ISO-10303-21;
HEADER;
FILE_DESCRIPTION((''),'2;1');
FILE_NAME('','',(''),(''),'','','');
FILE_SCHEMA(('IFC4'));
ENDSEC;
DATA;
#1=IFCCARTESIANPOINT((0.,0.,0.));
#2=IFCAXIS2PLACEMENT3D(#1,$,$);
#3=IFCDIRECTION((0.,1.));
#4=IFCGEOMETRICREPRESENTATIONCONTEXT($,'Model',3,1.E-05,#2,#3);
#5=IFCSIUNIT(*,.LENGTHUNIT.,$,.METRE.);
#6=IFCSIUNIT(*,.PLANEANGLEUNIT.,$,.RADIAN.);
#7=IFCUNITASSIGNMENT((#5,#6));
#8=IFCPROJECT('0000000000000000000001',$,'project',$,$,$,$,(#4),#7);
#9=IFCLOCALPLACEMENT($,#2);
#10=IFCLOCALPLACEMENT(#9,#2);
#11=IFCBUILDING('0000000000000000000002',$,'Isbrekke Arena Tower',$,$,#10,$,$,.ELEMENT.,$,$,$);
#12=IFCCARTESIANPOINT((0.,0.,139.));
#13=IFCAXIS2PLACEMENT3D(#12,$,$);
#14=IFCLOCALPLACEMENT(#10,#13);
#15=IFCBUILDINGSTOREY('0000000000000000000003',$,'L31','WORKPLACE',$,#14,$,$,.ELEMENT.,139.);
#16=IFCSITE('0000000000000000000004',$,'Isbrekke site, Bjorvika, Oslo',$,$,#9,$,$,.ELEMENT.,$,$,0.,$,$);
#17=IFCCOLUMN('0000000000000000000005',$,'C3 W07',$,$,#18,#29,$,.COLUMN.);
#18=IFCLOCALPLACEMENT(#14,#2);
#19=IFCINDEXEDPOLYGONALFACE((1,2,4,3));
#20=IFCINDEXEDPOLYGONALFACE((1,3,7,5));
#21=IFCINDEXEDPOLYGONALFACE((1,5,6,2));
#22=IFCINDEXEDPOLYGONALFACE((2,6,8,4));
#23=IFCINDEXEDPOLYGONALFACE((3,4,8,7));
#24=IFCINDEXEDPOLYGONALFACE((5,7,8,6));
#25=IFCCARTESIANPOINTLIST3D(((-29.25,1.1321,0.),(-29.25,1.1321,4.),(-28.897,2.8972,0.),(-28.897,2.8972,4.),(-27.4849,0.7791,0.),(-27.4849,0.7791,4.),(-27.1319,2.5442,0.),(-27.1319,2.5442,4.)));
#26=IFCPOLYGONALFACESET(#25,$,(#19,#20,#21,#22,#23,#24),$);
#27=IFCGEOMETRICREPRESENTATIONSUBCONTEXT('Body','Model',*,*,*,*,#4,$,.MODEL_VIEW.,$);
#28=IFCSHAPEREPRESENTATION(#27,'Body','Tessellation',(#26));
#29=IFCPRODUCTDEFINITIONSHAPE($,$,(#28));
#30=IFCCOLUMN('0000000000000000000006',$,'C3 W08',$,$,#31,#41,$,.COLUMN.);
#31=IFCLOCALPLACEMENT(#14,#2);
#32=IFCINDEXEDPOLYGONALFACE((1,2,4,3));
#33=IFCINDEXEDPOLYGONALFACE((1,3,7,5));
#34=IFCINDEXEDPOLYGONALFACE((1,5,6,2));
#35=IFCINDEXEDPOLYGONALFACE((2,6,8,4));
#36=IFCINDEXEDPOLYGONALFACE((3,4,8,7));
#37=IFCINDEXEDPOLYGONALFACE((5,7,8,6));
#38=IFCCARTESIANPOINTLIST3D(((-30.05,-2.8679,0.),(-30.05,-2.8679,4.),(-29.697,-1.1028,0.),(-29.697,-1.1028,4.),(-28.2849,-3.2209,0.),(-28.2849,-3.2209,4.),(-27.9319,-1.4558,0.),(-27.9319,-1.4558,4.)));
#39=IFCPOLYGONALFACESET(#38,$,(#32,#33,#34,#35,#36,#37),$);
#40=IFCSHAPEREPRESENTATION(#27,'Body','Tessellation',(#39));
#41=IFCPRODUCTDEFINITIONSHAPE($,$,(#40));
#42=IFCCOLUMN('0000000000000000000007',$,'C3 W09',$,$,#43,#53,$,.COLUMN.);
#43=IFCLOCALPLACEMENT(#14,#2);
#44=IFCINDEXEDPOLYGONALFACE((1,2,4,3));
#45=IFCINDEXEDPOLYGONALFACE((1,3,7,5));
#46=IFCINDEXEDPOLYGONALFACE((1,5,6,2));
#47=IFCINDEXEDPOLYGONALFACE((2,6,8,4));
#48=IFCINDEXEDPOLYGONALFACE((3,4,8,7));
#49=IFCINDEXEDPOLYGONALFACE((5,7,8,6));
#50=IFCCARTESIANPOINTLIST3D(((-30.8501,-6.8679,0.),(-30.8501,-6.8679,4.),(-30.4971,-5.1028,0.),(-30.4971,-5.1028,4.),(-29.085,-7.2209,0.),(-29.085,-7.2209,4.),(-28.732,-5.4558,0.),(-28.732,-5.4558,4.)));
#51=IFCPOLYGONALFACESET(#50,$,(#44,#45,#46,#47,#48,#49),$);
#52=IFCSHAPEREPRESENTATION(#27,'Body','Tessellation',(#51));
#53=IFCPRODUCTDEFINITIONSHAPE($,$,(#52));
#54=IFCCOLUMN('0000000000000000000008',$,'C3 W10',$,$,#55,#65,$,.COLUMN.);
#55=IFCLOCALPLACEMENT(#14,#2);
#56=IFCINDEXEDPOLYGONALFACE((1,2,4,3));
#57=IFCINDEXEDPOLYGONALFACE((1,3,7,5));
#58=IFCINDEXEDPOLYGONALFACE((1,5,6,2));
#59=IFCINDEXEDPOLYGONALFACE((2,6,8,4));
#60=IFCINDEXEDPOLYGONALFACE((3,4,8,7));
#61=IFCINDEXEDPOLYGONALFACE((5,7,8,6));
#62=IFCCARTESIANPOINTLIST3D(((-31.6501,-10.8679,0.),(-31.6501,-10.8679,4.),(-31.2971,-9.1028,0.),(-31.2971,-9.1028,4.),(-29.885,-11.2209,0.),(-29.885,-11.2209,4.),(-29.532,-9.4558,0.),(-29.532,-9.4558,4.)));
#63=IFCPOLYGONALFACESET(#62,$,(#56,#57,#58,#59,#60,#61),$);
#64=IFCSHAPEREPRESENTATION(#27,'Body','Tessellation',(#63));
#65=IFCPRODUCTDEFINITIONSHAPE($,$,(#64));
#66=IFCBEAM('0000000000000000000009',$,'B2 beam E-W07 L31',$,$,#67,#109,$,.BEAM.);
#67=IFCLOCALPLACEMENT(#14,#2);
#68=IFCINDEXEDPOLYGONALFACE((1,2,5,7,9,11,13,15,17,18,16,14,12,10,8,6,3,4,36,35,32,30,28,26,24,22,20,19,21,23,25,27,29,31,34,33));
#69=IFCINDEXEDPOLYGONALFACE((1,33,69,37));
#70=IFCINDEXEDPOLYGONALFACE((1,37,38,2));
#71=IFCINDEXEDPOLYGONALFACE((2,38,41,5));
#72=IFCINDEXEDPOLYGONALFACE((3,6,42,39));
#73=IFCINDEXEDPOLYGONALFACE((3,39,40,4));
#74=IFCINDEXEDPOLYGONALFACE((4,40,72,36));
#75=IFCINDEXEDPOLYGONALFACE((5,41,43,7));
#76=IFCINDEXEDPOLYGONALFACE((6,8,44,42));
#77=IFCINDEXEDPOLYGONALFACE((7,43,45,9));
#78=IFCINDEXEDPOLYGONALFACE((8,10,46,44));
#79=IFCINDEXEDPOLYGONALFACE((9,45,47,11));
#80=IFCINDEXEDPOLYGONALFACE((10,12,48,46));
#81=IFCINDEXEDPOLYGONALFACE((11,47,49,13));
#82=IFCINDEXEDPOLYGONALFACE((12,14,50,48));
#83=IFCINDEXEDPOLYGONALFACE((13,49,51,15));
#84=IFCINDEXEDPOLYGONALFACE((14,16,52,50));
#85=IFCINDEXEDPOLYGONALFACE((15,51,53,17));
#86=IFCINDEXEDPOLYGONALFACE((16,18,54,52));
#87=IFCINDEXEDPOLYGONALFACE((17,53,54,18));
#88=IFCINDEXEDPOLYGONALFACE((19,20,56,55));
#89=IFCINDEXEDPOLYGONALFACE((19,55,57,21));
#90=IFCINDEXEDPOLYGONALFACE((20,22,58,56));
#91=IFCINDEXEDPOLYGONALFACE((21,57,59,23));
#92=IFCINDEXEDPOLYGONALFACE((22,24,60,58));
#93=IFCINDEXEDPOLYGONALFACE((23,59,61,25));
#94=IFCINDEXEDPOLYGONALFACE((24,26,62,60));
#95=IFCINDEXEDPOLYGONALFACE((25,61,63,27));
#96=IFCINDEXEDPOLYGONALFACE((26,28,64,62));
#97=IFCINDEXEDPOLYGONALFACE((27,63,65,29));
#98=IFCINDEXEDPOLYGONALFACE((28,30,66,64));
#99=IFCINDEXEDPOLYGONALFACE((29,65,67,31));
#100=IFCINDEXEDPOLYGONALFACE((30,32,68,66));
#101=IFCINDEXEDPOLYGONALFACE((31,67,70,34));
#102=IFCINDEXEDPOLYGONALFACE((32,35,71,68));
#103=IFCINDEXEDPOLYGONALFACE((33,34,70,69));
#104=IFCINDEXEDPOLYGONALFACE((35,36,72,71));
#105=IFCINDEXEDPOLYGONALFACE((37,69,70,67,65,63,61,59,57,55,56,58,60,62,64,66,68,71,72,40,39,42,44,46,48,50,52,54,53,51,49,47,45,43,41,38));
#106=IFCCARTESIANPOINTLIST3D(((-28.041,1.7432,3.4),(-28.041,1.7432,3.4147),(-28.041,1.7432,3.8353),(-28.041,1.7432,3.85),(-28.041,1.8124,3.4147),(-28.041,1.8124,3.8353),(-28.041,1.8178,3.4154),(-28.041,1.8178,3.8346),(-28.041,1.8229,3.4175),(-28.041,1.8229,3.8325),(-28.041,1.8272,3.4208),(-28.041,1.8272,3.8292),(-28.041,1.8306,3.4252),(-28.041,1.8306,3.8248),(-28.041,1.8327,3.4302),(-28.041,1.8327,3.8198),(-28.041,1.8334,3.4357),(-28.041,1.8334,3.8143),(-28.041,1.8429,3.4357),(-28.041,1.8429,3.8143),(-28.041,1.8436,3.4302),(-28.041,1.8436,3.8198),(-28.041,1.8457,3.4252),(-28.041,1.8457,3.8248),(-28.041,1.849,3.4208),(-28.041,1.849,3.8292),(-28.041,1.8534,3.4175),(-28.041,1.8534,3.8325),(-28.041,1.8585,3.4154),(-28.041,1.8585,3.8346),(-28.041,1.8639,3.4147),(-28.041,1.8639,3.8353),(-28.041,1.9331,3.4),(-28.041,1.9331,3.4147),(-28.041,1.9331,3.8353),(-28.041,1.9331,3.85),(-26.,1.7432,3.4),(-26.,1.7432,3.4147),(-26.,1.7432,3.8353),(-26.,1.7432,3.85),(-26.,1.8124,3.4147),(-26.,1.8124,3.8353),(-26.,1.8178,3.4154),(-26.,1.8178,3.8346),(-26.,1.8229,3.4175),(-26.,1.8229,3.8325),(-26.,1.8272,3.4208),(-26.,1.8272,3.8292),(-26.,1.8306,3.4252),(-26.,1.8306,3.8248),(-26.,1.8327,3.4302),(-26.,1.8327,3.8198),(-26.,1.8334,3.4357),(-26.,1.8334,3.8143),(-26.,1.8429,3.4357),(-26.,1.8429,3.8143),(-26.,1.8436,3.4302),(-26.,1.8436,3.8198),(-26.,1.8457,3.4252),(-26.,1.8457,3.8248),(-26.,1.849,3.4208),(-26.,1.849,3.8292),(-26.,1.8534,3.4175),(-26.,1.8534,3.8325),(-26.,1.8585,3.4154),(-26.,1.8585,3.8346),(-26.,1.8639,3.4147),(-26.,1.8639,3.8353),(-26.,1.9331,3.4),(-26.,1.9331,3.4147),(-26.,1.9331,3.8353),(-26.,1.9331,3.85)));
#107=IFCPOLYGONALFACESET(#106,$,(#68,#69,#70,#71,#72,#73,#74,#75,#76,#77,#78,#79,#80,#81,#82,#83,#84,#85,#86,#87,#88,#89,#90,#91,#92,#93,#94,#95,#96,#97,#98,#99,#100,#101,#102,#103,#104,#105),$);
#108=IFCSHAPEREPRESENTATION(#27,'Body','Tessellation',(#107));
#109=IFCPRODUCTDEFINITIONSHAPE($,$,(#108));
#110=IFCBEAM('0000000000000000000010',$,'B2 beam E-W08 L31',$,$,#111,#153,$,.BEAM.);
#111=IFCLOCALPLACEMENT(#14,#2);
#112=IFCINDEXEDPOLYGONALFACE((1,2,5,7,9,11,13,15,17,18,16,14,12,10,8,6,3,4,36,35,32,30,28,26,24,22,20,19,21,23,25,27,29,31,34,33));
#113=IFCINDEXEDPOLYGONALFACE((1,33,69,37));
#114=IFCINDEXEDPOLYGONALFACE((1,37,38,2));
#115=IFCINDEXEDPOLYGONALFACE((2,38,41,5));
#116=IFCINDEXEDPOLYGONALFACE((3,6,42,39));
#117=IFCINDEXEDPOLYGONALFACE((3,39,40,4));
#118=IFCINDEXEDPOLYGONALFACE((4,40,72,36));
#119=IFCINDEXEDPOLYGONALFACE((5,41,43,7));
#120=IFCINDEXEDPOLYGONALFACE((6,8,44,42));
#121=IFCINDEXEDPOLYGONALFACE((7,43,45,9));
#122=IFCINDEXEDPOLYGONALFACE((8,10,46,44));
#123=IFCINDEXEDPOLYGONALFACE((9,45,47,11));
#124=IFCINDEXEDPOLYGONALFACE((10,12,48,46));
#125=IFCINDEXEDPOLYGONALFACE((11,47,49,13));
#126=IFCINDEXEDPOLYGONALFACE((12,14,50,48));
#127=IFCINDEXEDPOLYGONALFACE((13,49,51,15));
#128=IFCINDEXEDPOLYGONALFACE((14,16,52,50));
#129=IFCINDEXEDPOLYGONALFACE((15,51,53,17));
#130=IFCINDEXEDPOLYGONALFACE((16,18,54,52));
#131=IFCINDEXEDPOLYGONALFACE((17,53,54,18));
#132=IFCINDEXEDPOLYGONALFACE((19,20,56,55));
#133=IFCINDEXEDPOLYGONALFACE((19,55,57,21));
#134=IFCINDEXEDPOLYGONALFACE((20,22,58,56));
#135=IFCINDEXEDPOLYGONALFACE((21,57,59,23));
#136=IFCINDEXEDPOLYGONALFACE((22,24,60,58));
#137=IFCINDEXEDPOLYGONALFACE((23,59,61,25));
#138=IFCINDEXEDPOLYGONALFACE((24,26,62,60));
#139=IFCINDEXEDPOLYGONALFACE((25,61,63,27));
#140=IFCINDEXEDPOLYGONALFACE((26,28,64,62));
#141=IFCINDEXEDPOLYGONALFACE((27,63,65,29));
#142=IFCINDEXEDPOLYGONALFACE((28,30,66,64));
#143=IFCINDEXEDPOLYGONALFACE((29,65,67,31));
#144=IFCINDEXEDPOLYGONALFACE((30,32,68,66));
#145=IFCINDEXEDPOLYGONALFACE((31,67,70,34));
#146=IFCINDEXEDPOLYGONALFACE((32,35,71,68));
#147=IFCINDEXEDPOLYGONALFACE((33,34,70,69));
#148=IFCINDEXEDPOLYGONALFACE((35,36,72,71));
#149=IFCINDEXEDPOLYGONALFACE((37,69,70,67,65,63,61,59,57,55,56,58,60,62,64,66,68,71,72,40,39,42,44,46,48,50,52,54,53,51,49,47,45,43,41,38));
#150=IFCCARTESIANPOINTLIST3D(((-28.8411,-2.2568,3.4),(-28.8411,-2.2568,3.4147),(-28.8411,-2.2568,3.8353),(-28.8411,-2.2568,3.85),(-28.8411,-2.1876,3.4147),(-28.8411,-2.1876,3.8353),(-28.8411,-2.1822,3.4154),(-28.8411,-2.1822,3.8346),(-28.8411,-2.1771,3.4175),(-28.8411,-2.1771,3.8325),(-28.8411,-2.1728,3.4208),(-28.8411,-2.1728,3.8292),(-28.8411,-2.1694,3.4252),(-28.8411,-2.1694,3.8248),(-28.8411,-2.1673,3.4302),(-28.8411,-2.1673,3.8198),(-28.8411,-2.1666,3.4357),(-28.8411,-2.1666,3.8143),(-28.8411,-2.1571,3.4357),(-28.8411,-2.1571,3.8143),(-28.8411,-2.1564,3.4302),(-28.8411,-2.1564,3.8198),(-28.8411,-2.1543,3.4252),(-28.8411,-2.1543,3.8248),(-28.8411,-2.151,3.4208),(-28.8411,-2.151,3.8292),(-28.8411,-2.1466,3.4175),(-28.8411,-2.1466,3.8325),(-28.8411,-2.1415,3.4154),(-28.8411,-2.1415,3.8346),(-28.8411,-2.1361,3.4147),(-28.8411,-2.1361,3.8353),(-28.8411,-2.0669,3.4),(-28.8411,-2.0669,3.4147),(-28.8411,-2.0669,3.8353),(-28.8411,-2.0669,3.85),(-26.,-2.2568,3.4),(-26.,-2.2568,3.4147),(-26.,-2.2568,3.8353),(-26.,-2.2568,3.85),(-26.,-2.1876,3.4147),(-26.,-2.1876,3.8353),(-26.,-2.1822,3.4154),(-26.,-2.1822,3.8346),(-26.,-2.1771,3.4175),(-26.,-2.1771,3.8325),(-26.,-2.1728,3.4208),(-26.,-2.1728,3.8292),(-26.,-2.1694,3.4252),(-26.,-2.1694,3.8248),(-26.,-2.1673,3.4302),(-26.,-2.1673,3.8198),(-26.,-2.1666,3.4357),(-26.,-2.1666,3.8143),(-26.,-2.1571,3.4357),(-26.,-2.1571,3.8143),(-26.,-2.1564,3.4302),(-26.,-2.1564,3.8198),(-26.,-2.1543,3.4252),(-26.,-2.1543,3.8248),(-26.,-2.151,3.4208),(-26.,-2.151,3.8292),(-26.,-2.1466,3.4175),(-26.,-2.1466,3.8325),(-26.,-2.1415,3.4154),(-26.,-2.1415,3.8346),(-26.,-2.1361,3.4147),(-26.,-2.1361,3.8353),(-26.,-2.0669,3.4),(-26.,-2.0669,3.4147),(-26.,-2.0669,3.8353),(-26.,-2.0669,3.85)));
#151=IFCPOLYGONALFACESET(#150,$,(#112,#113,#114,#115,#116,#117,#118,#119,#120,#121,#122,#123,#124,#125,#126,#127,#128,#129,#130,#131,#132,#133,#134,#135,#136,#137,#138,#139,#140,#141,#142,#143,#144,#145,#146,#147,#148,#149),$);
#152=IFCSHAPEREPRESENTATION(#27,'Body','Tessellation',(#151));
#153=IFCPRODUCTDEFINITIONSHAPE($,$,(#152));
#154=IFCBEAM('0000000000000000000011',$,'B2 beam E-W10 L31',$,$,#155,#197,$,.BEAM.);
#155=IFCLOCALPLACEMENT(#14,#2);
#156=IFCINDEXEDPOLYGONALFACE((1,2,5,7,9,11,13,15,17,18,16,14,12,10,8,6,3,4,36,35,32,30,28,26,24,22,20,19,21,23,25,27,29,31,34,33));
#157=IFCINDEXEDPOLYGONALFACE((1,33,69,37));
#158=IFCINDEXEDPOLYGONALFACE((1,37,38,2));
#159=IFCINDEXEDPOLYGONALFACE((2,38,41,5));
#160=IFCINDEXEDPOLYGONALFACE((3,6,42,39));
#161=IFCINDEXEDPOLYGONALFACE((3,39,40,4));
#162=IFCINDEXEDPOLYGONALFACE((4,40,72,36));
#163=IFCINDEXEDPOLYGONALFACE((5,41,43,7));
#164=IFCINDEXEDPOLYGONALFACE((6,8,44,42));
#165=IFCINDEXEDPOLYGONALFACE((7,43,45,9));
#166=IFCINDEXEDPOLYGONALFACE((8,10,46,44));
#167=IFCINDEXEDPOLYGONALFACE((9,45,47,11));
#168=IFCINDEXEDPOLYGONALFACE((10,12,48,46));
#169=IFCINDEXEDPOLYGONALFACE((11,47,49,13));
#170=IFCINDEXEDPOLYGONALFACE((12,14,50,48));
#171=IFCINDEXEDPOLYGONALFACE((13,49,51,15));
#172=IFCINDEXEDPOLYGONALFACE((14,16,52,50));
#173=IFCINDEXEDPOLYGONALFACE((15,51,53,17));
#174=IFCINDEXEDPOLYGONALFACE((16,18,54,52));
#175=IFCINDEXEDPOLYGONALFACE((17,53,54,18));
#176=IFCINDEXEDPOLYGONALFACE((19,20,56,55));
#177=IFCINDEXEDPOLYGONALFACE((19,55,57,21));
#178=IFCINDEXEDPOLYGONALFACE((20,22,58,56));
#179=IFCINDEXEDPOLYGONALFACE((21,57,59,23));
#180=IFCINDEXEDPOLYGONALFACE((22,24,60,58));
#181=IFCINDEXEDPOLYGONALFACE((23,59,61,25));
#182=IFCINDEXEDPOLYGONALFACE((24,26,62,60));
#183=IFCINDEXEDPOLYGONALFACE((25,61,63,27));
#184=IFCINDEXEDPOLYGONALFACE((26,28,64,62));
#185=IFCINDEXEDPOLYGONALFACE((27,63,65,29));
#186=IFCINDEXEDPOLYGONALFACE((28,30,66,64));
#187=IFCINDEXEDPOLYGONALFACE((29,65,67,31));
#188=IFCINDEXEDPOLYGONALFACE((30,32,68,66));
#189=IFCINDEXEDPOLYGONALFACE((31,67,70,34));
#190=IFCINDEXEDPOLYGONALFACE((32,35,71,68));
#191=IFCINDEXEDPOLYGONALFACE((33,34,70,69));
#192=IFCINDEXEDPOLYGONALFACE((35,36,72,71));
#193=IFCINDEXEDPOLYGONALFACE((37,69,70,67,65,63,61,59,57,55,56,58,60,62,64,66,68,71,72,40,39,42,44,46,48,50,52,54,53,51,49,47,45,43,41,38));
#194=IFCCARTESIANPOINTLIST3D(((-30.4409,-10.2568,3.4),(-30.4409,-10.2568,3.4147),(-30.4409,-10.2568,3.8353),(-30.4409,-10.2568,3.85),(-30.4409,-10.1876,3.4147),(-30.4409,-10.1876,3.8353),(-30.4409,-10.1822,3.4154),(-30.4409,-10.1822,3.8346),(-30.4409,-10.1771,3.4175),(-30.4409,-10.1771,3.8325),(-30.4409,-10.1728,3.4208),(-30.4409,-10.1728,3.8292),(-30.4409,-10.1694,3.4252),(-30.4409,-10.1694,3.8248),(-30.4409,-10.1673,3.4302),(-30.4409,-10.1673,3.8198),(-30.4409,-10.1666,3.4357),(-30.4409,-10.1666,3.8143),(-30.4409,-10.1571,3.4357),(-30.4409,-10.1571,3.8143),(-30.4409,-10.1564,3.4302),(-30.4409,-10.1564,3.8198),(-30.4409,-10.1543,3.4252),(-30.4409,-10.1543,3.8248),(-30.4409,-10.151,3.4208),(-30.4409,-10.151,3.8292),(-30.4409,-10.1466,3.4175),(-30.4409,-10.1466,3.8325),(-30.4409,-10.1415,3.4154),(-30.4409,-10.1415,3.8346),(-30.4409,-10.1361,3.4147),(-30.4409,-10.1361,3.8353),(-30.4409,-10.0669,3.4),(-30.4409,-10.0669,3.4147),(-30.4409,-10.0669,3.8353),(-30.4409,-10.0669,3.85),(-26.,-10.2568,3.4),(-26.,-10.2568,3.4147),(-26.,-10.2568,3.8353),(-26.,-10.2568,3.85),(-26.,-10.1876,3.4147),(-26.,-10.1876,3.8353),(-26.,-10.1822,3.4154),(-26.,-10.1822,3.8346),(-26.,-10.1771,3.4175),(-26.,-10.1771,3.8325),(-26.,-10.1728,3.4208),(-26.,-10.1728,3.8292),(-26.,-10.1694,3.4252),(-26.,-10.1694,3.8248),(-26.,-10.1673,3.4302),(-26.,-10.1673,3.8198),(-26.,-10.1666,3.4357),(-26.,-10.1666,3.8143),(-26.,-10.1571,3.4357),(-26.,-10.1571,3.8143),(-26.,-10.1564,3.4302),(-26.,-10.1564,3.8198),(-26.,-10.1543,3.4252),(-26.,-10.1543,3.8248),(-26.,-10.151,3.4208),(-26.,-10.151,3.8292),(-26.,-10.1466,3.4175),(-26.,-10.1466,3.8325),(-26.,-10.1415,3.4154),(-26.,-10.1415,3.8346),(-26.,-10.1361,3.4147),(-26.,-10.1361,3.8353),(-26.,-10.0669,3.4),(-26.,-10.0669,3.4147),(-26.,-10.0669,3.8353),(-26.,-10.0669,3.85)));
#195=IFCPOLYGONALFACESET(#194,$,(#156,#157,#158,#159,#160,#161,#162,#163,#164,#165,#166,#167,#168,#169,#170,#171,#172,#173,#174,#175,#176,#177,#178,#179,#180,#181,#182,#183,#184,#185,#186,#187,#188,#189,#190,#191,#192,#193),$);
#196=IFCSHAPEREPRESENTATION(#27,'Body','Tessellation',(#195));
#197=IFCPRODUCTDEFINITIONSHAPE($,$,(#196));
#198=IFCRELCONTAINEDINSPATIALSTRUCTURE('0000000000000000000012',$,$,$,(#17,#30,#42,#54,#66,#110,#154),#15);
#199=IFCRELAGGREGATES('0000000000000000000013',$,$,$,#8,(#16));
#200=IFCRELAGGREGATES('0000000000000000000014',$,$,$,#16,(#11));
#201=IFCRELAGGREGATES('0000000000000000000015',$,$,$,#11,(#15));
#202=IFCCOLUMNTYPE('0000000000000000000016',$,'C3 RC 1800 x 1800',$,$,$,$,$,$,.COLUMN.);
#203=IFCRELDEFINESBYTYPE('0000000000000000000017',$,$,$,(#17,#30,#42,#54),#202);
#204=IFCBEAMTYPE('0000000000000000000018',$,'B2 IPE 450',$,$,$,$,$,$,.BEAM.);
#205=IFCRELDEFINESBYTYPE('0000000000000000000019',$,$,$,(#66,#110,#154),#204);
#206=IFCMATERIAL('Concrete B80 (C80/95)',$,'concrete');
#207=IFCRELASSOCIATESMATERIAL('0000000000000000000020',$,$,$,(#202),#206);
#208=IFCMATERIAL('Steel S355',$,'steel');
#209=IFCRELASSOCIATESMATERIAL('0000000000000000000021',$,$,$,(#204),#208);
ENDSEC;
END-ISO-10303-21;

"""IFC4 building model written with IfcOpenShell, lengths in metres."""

from ifc_helpers import new_model, si_unit, direction, frame, origin, origin_2d, place, context, subcontext, project, spatial, rectangle, i_section, extrude, material, material_profile, profile_set, type_object, element, save


model = new_model("IFC4")

# Units and contexts
model_context = context("Model", 3, precision=1e-05, world=origin(), true_north=direction((0.0, 1.0)))
body_context = subcontext(model_context, "Body", "Model", "MODEL_VIEW")
ifc_project = project(units=[si_unit("LENGTHUNIT", "METRE"), si_unit("PLANEANGLEUNIT", "RADIAN")], contexts=[model_context])

# Site, building, storey
site_placement = place(None, origin())
site = spatial("IfcSite", under=ifc_project, at=site_placement, Name="Isbrekke site, Bjorvika, Oslo", CompositionType="ELEMENT", RefElevation=0.0)
building_placement = place(site_placement, origin())
building = spatial("IfcBuilding", under=site, at=building_placement, Name="Isbrekke Arena Tower", CompositionType="ELEMENT")
storey_placement = place(building_placement, frame((0.0, 0.0, 139.0)))
storey = spatial("IfcBuildingStorey", under=building, at=storey_placement, Name="L31", Description="WORKPLACE", CompositionType="ELEMENT", Elevation=139.0)

# Columns
ifc_material_1 = material(Name="Concrete B80 (C80/95)", Category="concrete")
ifc_material_profile_1 = material_profile(ifc_material_1, rectangle(XDim=1.8, YDim=1.8, at=origin_2d()), Name="RC 1800x1800")
ifc_profile_set_1 = profile_set([ifc_material_profile_1], Name="Concrete B80 (C80/95)")
column_type = type_object("IfcColumnType", Name="C3 RC 1800 x 1800", PredefinedType="COLUMN", material=ifc_profile_set_1)
for number, where, z_axis, x_axis, name in (
    (1, (-28.1909, 1.8381, 0.0), (0.0, 0.0, 1.0), (-0.196116, -0.980581, 0.0), "C3 W07"),
    (2, (-28.991, -2.1619, 0.0), (0.0, 0.0, 1.0), (-0.196116, -0.980581, 0.0), "C3 W08"),
    (3, (-29.791, -6.1619, 0.0), (0.0, 0.0, 1.0), (-0.196116, -0.980581, 0.0), "C3 W09"),
    (4, (-30.5911, -10.1619, 0.0), (0.0, 0.0, 1.0), (-0.196116, -0.980581, 0.0), "C3 W10"),
):
    element("IfcColumn", number, at=place(storey_placement, frame(where, z_axis=z_axis, x_axis=x_axis)), inside=storey, type_object=column_type, Name=name, PredefinedType="COLUMN", context=body_context, shape_type="SweptSolid", body=[
        extrude(rectangle(XDim=1.8, YDim=1.8, at=origin_2d()), origin(), (0.0, 0.0, 1.0), 4.0),
    ])

# Beams
ifc_material_2 = material(Name="Steel S355", Category="steel")
ifc_material_profile_2 = material_profile(ifc_material_2, i_section(OverallWidth=0.1899, OverallDepth=0.45, WebThickness=0.0095, FlangeThickness=0.0146, FilletRadius=0.021, at=origin_2d()), Name="IPE 450")
ifc_profile_set_2 = profile_set([ifc_material_profile_2], Name="Steel S355")
beam_type_1 = type_object("IfcBeamType", Name="B2 IPE 450", PredefinedType="BEAM", material=ifc_profile_set_2)
beam_1_placement = place(storey_placement, frame((-28.041, 1.8381, 3.625), z_axis=(1.0, 0.0, 0.0), x_axis=(0.0, 1.0, 0.0)))
element("IfcBeam", 5, at=beam_1_placement, inside=storey, type_object=beam_type_1, Name="B2 beam E-W07 L31", PredefinedType="BEAM", context=body_context, shape_type="SweptSolid", body=[
    extrude(i_section(OverallWidth=0.1899, OverallDepth=0.45, WebThickness=0.0095, FlangeThickness=0.0146, FilletRadius=0.021, at=origin_2d()), origin(), (0.0, 0.0, 1.0), 2.041),
])
beam_2_placement = place(storey_placement, frame((-28.8411, -2.1619, 3.625), z_axis=(1.0, 0.0, 0.0), x_axis=(0.0, 1.0, 0.0)))
element("IfcBeam", 6, at=beam_2_placement, inside=storey, type_object=beam_type_1, Name="B2 beam E-W08 L31", PredefinedType="BEAM", context=body_context, shape_type="SweptSolid", body=[
    extrude(i_section(OverallWidth=0.1899, OverallDepth=0.45, WebThickness=0.0095, FlangeThickness=0.0146, FilletRadius=0.021, at=origin_2d()), origin(), (0.0, 0.0, 1.0), 2.8411),
])
beam_3_placement = place(storey_placement, frame((-30.4409, -10.1619, 3.625), z_axis=(1.0, 0.0, 0.0), x_axis=(0.0, 1.0, 0.0)))
element("IfcBeam", 7, at=beam_3_placement, inside=storey, type_object=beam_type_1, Name="B2 beam E-W10 L31", PredefinedType="BEAM", context=body_context, shape_type="SweptSolid", body=[
    extrude(i_section(OverallWidth=0.1899, OverallDepth=0.45, WebThickness=0.0095, FlangeThickness=0.0146, FilletRadius=0.021, at=origin_2d()), origin(), (0.0, 0.0, 1.0), 4.4409),
])

save(model, "model.ifc")
